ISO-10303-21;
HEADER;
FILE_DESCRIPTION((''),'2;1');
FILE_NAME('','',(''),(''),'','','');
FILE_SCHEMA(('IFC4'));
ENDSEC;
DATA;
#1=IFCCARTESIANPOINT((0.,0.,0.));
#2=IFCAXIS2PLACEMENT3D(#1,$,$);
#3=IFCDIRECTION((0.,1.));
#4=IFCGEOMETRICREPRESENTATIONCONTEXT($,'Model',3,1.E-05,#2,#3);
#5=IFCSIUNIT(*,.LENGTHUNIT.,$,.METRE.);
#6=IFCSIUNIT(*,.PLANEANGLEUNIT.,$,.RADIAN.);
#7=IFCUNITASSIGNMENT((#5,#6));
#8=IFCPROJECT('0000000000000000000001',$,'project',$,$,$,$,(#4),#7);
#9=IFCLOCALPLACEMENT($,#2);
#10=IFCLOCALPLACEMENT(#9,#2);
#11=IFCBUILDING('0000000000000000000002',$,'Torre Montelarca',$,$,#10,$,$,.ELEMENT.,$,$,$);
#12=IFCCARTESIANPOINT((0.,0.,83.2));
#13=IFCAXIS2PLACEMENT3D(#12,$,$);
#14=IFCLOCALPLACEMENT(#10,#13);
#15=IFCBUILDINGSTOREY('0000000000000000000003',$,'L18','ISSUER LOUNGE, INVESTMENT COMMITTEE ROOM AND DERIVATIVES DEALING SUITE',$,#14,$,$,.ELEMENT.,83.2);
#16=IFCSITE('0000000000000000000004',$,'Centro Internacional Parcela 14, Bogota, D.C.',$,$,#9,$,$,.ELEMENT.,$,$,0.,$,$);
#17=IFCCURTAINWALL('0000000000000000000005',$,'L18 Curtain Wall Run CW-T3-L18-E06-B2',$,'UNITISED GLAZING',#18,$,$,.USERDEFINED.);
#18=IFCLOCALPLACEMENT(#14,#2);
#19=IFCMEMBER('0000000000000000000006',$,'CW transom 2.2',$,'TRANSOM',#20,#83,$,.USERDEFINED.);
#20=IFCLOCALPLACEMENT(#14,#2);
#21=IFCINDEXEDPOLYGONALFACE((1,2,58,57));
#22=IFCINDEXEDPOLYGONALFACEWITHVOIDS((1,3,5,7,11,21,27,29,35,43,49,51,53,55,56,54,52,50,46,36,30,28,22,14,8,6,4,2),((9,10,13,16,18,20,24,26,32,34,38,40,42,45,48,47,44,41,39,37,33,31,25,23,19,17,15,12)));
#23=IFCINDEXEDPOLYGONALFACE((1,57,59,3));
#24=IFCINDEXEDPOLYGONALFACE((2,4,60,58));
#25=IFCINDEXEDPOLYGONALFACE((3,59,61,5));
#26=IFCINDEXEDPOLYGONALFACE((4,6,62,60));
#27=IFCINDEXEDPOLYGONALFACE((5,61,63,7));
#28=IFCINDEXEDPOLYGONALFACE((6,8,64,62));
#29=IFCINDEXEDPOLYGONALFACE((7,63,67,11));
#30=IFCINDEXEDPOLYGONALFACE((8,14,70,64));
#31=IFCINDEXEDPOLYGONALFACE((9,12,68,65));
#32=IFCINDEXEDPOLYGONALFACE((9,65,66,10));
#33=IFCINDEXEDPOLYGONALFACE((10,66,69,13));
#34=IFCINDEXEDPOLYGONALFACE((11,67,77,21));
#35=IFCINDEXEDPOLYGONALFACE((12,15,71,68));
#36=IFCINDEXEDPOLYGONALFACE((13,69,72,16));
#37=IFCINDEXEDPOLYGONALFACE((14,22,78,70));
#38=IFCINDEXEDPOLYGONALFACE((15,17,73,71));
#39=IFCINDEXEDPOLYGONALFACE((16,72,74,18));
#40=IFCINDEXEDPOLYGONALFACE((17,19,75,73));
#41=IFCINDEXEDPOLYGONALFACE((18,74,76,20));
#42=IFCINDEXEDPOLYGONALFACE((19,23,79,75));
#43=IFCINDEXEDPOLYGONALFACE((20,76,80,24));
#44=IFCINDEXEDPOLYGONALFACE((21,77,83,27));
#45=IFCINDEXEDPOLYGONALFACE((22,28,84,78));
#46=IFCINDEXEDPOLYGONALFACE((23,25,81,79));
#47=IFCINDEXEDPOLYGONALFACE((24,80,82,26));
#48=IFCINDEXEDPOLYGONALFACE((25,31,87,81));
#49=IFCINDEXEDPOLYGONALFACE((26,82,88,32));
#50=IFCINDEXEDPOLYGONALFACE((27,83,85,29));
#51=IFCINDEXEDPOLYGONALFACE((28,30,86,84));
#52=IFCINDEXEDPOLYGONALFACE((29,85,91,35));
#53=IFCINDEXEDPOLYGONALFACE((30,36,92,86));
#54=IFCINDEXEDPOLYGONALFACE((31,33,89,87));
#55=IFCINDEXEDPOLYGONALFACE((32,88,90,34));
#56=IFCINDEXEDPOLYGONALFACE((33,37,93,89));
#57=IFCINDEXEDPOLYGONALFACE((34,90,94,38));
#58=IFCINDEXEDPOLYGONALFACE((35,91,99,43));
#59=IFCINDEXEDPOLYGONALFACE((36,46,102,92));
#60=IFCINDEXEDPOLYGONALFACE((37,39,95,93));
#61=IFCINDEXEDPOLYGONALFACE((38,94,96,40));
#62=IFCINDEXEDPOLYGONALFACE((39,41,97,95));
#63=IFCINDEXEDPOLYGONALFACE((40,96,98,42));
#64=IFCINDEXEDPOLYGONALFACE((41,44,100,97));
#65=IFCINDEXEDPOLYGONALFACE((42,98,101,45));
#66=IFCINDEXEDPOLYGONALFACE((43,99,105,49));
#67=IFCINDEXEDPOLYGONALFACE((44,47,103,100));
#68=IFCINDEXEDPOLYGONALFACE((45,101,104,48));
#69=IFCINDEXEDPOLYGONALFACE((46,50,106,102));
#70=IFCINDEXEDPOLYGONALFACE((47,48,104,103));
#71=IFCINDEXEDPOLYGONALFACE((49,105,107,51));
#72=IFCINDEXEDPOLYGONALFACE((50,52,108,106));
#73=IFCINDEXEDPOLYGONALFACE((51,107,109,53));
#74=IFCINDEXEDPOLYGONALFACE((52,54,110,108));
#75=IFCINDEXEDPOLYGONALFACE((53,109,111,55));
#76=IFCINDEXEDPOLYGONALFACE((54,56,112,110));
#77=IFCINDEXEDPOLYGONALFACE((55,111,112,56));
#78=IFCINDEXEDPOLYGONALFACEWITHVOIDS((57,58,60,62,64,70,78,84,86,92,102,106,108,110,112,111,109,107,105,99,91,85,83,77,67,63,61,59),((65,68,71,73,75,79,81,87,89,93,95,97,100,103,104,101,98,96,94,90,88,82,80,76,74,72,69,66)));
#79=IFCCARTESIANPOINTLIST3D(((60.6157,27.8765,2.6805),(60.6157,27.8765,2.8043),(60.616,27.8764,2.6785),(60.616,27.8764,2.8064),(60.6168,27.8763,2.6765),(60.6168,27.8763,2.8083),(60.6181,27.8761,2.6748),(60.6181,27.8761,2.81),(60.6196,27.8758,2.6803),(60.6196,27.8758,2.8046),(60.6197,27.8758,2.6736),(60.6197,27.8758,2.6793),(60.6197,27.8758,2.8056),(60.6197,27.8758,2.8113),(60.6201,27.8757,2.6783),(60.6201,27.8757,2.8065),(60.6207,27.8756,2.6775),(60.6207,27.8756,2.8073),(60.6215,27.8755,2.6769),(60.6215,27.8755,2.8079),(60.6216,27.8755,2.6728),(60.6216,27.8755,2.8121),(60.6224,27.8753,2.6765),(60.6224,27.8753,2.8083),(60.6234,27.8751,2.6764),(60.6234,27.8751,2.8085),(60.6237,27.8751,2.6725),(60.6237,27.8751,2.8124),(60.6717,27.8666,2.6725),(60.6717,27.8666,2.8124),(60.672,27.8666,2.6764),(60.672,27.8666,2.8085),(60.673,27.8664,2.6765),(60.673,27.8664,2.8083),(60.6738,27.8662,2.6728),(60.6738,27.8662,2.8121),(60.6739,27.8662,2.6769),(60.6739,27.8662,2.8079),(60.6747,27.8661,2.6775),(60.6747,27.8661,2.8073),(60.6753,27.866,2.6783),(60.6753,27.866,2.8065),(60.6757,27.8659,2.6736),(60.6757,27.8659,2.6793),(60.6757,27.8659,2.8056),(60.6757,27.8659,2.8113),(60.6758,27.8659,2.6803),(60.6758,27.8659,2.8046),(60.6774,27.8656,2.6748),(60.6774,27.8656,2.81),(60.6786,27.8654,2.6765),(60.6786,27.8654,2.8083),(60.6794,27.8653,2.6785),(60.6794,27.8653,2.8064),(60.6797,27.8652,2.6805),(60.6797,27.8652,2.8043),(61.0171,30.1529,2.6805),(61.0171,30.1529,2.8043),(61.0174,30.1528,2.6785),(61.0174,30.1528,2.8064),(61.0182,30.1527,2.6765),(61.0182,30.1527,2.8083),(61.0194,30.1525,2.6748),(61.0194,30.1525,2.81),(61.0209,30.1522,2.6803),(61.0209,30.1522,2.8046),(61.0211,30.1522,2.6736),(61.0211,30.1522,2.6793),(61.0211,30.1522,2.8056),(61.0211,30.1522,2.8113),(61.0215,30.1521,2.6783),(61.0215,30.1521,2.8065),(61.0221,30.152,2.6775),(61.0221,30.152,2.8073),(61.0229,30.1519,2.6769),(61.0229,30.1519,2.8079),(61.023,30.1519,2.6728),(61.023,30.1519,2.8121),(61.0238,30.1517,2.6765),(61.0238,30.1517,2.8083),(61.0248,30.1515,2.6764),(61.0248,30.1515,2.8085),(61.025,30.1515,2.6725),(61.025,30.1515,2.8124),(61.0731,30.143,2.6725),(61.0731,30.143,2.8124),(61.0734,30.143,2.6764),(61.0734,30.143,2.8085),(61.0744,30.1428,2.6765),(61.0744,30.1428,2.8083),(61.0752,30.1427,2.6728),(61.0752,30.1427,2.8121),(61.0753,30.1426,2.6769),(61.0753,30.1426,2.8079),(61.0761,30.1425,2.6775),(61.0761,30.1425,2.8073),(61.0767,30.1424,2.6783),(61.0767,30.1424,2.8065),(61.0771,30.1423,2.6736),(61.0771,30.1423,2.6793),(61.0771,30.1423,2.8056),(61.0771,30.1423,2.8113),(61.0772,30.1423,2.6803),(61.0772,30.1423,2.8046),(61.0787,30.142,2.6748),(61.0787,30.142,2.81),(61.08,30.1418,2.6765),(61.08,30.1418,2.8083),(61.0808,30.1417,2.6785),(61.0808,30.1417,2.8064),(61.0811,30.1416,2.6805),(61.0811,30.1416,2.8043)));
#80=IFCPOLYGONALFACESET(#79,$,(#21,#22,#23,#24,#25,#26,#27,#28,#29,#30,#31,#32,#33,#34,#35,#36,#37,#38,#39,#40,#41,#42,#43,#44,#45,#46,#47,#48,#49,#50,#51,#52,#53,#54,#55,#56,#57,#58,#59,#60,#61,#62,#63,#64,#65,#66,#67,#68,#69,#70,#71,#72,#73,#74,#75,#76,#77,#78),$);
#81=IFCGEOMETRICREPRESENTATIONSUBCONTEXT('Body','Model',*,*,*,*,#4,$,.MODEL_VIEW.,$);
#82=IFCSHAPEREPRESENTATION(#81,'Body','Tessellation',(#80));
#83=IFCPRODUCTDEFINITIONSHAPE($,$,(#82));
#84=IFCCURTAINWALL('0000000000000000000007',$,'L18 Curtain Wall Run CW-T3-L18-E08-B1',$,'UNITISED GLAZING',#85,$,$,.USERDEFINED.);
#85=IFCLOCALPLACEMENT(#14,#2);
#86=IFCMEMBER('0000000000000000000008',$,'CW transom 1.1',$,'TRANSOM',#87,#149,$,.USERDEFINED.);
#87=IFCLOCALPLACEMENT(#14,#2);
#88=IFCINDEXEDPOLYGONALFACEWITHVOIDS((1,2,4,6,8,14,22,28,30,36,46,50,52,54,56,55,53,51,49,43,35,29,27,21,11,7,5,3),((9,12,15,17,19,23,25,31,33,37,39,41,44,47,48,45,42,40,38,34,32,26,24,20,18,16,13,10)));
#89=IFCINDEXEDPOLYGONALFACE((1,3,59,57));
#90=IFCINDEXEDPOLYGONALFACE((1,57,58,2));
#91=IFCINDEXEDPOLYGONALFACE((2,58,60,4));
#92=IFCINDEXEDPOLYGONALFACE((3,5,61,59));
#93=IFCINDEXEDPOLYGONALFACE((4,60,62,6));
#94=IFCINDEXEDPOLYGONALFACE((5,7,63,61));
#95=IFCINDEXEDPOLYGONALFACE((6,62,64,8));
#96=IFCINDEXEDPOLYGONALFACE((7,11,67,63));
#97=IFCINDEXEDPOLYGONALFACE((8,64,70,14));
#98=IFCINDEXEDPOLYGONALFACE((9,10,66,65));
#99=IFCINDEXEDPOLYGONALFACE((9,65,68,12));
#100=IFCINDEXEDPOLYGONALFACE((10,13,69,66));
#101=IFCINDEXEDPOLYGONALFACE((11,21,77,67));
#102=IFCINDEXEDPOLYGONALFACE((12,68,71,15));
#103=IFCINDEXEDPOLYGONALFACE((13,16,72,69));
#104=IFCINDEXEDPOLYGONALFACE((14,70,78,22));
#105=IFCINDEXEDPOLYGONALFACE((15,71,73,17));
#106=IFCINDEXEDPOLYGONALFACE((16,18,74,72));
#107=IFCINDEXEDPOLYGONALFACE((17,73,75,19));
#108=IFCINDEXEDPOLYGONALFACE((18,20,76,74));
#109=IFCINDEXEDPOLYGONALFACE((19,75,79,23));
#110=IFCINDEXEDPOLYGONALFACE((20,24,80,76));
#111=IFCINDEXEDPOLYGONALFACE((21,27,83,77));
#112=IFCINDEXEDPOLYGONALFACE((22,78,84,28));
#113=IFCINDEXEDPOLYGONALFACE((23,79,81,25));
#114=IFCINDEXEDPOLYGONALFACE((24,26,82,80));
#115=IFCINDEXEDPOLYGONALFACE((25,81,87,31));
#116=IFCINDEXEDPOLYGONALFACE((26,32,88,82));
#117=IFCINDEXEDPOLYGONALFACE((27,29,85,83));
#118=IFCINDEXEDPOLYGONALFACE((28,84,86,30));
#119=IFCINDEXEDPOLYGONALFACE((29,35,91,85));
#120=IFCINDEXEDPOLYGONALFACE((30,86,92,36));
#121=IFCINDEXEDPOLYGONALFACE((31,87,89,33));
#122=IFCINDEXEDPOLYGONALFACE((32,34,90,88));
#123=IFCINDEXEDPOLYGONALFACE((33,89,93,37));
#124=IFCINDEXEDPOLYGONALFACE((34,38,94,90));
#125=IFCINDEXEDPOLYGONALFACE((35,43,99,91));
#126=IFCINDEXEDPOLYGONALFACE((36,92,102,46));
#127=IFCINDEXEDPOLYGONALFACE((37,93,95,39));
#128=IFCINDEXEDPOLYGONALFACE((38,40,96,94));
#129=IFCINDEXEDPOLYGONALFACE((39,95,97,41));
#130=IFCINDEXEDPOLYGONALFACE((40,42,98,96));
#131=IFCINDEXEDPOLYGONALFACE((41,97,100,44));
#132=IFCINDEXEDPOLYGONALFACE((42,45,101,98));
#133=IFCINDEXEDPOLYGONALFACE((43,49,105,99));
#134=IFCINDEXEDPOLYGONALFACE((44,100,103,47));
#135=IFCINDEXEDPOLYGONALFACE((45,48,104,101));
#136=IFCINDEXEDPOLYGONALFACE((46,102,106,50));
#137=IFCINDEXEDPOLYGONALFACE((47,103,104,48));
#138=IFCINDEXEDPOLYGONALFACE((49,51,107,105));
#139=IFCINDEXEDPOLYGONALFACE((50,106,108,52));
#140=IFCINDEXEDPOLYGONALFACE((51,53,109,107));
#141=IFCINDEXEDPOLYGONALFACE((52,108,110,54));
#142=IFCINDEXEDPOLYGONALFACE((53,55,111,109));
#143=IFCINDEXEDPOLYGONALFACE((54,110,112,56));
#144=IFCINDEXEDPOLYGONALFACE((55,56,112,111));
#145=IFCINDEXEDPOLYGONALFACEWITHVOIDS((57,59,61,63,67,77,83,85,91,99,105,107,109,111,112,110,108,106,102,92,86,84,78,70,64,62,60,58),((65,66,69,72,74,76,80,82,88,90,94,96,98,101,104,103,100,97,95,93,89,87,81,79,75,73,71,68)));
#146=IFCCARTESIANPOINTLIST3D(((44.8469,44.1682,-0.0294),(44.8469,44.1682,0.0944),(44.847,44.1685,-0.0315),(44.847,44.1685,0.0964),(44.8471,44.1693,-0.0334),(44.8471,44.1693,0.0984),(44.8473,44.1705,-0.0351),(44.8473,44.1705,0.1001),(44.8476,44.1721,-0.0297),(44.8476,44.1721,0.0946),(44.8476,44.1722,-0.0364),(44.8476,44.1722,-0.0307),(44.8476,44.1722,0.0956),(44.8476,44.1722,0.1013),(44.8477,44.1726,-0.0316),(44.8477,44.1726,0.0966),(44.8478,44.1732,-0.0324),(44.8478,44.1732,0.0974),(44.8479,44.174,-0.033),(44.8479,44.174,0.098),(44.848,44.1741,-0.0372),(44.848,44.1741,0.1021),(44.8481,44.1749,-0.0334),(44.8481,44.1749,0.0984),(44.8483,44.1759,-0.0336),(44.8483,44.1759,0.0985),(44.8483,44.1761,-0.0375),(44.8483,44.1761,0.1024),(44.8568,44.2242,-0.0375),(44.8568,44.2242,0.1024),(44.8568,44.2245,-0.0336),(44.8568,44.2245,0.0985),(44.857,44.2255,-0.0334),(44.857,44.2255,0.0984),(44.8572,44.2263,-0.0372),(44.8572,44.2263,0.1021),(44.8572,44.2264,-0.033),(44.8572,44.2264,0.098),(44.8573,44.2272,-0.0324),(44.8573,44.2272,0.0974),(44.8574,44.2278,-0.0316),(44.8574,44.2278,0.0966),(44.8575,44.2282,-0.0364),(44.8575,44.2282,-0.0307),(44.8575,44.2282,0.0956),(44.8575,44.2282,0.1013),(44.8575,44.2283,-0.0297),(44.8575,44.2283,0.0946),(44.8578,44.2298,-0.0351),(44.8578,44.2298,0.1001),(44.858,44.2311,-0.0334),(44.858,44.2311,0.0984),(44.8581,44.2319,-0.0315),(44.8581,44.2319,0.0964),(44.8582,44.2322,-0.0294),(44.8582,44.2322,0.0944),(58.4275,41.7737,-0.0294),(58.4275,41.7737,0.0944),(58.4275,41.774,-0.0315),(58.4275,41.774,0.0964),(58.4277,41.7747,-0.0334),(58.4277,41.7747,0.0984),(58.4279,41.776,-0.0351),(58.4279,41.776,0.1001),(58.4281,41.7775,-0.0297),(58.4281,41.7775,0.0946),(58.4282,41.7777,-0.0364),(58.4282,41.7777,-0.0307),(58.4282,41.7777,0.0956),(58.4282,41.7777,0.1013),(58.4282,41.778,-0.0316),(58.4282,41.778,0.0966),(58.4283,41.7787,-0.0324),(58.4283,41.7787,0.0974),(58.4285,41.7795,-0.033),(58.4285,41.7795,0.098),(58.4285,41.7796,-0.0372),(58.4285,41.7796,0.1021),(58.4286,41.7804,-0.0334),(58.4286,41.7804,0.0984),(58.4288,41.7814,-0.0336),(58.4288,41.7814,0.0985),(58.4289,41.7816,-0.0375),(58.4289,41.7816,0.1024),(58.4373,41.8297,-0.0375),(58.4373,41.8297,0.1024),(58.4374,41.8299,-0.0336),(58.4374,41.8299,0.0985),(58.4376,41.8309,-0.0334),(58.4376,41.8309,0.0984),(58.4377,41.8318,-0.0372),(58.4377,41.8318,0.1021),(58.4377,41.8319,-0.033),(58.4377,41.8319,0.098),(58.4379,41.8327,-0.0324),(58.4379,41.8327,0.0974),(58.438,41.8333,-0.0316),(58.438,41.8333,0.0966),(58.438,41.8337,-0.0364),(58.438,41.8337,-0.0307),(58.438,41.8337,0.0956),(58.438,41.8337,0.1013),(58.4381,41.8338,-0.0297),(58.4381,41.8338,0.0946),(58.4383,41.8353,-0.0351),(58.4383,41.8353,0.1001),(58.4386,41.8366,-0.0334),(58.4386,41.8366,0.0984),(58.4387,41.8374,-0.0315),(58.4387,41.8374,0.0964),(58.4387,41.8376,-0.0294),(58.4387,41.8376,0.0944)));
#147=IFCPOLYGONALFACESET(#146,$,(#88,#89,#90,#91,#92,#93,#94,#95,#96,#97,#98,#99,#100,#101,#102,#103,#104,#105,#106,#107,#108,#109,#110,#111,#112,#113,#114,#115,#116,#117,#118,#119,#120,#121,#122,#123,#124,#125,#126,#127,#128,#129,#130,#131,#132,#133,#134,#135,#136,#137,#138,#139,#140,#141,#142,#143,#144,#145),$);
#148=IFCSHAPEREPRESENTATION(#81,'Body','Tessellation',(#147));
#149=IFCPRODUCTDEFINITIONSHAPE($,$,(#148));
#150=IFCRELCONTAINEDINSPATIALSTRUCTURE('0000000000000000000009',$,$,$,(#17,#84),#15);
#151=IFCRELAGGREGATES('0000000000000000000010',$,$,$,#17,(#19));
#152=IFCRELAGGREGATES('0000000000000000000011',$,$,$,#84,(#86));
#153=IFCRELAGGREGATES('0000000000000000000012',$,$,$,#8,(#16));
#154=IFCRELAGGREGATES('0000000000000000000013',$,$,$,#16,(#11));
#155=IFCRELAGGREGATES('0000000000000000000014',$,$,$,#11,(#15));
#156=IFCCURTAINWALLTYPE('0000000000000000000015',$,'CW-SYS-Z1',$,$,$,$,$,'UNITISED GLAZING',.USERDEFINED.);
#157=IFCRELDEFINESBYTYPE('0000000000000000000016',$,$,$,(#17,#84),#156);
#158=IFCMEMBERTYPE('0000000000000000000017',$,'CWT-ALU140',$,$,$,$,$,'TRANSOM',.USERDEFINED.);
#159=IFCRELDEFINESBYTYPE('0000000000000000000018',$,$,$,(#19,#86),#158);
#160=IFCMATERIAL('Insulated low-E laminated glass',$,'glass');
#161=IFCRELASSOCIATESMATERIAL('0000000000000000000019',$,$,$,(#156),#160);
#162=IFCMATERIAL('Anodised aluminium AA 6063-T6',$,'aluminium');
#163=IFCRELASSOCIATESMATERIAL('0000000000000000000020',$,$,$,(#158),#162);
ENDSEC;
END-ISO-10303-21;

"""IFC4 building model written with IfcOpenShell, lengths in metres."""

from ifc_helpers import new_model, si_unit, direction, frame, origin, origin_2d, place, context, subcontext, project, spatial, hollow_rectangle, extrude, source, transform, mapped, material, material_profile, profile_set, type_object, element, aggregate, save


model = new_model("IFC4")

# Units and contexts
model_context = context("Model", 3, precision=1e-05, world=origin(), true_north=direction((0.0, 1.0)))
body_context = subcontext(model_context, "Body", "Model", "MODEL_VIEW")
ifc_project = project(units=[si_unit("LENGTHUNIT", "METRE"), si_unit("PLANEANGLEUNIT", "RADIAN")], contexts=[model_context])

# Site, building, storey
site_placement = place(None, origin())
site = spatial("IfcSite", under=ifc_project, at=site_placement, Name="Centro Internacional Parcela 14, Bogota, D.C.", CompositionType="ELEMENT", RefElevation=0.0)
building_placement = place(site_placement, origin())
building = spatial("IfcBuilding", under=site, at=building_placement, Name="Torre Montelarca", CompositionType="ELEMENT")
storey_placement = place(building_placement, frame((0.0, 0.0, 83.2)))
storey = spatial("IfcBuildingStorey", under=building, at=storey_placement, Name="L18", Description="ISSUER LOUNGE, INVESTMENT COMMITTEE ROOM AND DERIVATIVES DEALING SUITE", CompositionType="ELEMENT", Elevation=83.2)

# Curtain walls, members
ifc_material_1 = material(Name="Insulated low-E laminated glass", Category="glass")
curtain_wall_type = type_object("IfcCurtainWallType", Name="CW-SYS-Z1", ElementType="UNITISED GLAZING", PredefinedType="USERDEFINED", material=ifc_material_1)
ifc_material_2 = material(Name="Anodised aluminium AA 6063-T6", Category="aluminium")
ifc_material_profile_1 = material_profile(ifc_material_2, hollow_rectangle(XDim=0.0649, YDim=0.1399, WallThickness=0.0039, InnerFilletRadius=0.0039, OuterFilletRadius=0.0081, at=origin_2d()), Name="ALU65X140X4", Category="aluminium")
ifc_profile_set_1 = profile_set([ifc_material_profile_1], Name="Anodised aluminium AA 6063-T6")
member_type_1 = type_object("IfcMemberType", Name="CWT-ALU140", ElementType="TRANSOM", PredefinedType="USERDEFINED", material=ifc_profile_set_1)
curtain_wall_1_placement = place(storey_placement, origin())
curtain_wall_1 = element("IfcCurtainWall", 1, at=curtain_wall_1_placement, inside=storey, type_object=curtain_wall_type, Name="L18 Curtain Wall Run CW-T3-L18-E06-B2", ObjectType="UNITISED GLAZING", PredefinedType="USERDEFINED")
shared_shape_1 = source(origin(), body_context, "Body", "SweptSolid", [
    extrude(hollow_rectangle(XDim=0.0649, YDim=0.1399, WallThickness=0.0039, InnerFilletRadius=0.0039, OuterFilletRadius=0.0081, at=origin_2d()), origin(), (0.0, 0.0, 1.0), 2.3115),
])
member_1_placement = place(storey_placement, frame((60.6477, 27.8708, 2.7424), z_axis=(0.173641, 0.984809, 0.0), x_axis=(-0.984809, 0.173641, 0.0)))
member_1 = element("IfcMember", 2, at=member_1_placement, type_object=member_type_1, Name="CW transom 2.2", ObjectType="TRANSOM", PredefinedType="USERDEFINED", context=body_context, shape_type="MappedRepresentation", body=[
    mapped(shared_shape_1, transform((0.0, 0.0, 0.0), scale=1.0)),
])
curtain_wall_2_placement = place(storey_placement, origin())
curtain_wall_2 = element("IfcCurtainWall", 3, at=curtain_wall_2_placement, inside=storey, type_object=curtain_wall_type, Name="L18 Curtain Wall Run CW-T3-L18-E08-B1", ObjectType="UNITISED GLAZING", PredefinedType="USERDEFINED")
shared_shape_2 = source(origin(), body_context, "Body", "SweptSolid", [
    extrude(hollow_rectangle(XDim=0.0649, YDim=0.1399, WallThickness=0.0039, InnerFilletRadius=0.0039, OuterFilletRadius=0.0081, at=origin_2d()), origin(), (0.0, 0.0, 1.0), 13.79),
])
member_2_placement = place(storey_placement, frame((58.4331, 41.8057, 0.0325), z_axis=(-0.984809, 0.173642, 0.0), x_axis=(-0.173642, -0.984809, 0.0)))
member_2 = element("IfcMember", 4, at=member_2_placement, type_object=member_type_1, Name="CW transom 1.1", ObjectType="TRANSOM", PredefinedType="USERDEFINED", context=body_context, shape_type="MappedRepresentation", body=[
    mapped(shared_shape_2, transform((0.0, 0.0, 0.0), scale=1.0)),
])

aggregate(curtain_wall_1, [member_1])
aggregate(curtain_wall_2, [member_2])

save(model, "model.ifc")
